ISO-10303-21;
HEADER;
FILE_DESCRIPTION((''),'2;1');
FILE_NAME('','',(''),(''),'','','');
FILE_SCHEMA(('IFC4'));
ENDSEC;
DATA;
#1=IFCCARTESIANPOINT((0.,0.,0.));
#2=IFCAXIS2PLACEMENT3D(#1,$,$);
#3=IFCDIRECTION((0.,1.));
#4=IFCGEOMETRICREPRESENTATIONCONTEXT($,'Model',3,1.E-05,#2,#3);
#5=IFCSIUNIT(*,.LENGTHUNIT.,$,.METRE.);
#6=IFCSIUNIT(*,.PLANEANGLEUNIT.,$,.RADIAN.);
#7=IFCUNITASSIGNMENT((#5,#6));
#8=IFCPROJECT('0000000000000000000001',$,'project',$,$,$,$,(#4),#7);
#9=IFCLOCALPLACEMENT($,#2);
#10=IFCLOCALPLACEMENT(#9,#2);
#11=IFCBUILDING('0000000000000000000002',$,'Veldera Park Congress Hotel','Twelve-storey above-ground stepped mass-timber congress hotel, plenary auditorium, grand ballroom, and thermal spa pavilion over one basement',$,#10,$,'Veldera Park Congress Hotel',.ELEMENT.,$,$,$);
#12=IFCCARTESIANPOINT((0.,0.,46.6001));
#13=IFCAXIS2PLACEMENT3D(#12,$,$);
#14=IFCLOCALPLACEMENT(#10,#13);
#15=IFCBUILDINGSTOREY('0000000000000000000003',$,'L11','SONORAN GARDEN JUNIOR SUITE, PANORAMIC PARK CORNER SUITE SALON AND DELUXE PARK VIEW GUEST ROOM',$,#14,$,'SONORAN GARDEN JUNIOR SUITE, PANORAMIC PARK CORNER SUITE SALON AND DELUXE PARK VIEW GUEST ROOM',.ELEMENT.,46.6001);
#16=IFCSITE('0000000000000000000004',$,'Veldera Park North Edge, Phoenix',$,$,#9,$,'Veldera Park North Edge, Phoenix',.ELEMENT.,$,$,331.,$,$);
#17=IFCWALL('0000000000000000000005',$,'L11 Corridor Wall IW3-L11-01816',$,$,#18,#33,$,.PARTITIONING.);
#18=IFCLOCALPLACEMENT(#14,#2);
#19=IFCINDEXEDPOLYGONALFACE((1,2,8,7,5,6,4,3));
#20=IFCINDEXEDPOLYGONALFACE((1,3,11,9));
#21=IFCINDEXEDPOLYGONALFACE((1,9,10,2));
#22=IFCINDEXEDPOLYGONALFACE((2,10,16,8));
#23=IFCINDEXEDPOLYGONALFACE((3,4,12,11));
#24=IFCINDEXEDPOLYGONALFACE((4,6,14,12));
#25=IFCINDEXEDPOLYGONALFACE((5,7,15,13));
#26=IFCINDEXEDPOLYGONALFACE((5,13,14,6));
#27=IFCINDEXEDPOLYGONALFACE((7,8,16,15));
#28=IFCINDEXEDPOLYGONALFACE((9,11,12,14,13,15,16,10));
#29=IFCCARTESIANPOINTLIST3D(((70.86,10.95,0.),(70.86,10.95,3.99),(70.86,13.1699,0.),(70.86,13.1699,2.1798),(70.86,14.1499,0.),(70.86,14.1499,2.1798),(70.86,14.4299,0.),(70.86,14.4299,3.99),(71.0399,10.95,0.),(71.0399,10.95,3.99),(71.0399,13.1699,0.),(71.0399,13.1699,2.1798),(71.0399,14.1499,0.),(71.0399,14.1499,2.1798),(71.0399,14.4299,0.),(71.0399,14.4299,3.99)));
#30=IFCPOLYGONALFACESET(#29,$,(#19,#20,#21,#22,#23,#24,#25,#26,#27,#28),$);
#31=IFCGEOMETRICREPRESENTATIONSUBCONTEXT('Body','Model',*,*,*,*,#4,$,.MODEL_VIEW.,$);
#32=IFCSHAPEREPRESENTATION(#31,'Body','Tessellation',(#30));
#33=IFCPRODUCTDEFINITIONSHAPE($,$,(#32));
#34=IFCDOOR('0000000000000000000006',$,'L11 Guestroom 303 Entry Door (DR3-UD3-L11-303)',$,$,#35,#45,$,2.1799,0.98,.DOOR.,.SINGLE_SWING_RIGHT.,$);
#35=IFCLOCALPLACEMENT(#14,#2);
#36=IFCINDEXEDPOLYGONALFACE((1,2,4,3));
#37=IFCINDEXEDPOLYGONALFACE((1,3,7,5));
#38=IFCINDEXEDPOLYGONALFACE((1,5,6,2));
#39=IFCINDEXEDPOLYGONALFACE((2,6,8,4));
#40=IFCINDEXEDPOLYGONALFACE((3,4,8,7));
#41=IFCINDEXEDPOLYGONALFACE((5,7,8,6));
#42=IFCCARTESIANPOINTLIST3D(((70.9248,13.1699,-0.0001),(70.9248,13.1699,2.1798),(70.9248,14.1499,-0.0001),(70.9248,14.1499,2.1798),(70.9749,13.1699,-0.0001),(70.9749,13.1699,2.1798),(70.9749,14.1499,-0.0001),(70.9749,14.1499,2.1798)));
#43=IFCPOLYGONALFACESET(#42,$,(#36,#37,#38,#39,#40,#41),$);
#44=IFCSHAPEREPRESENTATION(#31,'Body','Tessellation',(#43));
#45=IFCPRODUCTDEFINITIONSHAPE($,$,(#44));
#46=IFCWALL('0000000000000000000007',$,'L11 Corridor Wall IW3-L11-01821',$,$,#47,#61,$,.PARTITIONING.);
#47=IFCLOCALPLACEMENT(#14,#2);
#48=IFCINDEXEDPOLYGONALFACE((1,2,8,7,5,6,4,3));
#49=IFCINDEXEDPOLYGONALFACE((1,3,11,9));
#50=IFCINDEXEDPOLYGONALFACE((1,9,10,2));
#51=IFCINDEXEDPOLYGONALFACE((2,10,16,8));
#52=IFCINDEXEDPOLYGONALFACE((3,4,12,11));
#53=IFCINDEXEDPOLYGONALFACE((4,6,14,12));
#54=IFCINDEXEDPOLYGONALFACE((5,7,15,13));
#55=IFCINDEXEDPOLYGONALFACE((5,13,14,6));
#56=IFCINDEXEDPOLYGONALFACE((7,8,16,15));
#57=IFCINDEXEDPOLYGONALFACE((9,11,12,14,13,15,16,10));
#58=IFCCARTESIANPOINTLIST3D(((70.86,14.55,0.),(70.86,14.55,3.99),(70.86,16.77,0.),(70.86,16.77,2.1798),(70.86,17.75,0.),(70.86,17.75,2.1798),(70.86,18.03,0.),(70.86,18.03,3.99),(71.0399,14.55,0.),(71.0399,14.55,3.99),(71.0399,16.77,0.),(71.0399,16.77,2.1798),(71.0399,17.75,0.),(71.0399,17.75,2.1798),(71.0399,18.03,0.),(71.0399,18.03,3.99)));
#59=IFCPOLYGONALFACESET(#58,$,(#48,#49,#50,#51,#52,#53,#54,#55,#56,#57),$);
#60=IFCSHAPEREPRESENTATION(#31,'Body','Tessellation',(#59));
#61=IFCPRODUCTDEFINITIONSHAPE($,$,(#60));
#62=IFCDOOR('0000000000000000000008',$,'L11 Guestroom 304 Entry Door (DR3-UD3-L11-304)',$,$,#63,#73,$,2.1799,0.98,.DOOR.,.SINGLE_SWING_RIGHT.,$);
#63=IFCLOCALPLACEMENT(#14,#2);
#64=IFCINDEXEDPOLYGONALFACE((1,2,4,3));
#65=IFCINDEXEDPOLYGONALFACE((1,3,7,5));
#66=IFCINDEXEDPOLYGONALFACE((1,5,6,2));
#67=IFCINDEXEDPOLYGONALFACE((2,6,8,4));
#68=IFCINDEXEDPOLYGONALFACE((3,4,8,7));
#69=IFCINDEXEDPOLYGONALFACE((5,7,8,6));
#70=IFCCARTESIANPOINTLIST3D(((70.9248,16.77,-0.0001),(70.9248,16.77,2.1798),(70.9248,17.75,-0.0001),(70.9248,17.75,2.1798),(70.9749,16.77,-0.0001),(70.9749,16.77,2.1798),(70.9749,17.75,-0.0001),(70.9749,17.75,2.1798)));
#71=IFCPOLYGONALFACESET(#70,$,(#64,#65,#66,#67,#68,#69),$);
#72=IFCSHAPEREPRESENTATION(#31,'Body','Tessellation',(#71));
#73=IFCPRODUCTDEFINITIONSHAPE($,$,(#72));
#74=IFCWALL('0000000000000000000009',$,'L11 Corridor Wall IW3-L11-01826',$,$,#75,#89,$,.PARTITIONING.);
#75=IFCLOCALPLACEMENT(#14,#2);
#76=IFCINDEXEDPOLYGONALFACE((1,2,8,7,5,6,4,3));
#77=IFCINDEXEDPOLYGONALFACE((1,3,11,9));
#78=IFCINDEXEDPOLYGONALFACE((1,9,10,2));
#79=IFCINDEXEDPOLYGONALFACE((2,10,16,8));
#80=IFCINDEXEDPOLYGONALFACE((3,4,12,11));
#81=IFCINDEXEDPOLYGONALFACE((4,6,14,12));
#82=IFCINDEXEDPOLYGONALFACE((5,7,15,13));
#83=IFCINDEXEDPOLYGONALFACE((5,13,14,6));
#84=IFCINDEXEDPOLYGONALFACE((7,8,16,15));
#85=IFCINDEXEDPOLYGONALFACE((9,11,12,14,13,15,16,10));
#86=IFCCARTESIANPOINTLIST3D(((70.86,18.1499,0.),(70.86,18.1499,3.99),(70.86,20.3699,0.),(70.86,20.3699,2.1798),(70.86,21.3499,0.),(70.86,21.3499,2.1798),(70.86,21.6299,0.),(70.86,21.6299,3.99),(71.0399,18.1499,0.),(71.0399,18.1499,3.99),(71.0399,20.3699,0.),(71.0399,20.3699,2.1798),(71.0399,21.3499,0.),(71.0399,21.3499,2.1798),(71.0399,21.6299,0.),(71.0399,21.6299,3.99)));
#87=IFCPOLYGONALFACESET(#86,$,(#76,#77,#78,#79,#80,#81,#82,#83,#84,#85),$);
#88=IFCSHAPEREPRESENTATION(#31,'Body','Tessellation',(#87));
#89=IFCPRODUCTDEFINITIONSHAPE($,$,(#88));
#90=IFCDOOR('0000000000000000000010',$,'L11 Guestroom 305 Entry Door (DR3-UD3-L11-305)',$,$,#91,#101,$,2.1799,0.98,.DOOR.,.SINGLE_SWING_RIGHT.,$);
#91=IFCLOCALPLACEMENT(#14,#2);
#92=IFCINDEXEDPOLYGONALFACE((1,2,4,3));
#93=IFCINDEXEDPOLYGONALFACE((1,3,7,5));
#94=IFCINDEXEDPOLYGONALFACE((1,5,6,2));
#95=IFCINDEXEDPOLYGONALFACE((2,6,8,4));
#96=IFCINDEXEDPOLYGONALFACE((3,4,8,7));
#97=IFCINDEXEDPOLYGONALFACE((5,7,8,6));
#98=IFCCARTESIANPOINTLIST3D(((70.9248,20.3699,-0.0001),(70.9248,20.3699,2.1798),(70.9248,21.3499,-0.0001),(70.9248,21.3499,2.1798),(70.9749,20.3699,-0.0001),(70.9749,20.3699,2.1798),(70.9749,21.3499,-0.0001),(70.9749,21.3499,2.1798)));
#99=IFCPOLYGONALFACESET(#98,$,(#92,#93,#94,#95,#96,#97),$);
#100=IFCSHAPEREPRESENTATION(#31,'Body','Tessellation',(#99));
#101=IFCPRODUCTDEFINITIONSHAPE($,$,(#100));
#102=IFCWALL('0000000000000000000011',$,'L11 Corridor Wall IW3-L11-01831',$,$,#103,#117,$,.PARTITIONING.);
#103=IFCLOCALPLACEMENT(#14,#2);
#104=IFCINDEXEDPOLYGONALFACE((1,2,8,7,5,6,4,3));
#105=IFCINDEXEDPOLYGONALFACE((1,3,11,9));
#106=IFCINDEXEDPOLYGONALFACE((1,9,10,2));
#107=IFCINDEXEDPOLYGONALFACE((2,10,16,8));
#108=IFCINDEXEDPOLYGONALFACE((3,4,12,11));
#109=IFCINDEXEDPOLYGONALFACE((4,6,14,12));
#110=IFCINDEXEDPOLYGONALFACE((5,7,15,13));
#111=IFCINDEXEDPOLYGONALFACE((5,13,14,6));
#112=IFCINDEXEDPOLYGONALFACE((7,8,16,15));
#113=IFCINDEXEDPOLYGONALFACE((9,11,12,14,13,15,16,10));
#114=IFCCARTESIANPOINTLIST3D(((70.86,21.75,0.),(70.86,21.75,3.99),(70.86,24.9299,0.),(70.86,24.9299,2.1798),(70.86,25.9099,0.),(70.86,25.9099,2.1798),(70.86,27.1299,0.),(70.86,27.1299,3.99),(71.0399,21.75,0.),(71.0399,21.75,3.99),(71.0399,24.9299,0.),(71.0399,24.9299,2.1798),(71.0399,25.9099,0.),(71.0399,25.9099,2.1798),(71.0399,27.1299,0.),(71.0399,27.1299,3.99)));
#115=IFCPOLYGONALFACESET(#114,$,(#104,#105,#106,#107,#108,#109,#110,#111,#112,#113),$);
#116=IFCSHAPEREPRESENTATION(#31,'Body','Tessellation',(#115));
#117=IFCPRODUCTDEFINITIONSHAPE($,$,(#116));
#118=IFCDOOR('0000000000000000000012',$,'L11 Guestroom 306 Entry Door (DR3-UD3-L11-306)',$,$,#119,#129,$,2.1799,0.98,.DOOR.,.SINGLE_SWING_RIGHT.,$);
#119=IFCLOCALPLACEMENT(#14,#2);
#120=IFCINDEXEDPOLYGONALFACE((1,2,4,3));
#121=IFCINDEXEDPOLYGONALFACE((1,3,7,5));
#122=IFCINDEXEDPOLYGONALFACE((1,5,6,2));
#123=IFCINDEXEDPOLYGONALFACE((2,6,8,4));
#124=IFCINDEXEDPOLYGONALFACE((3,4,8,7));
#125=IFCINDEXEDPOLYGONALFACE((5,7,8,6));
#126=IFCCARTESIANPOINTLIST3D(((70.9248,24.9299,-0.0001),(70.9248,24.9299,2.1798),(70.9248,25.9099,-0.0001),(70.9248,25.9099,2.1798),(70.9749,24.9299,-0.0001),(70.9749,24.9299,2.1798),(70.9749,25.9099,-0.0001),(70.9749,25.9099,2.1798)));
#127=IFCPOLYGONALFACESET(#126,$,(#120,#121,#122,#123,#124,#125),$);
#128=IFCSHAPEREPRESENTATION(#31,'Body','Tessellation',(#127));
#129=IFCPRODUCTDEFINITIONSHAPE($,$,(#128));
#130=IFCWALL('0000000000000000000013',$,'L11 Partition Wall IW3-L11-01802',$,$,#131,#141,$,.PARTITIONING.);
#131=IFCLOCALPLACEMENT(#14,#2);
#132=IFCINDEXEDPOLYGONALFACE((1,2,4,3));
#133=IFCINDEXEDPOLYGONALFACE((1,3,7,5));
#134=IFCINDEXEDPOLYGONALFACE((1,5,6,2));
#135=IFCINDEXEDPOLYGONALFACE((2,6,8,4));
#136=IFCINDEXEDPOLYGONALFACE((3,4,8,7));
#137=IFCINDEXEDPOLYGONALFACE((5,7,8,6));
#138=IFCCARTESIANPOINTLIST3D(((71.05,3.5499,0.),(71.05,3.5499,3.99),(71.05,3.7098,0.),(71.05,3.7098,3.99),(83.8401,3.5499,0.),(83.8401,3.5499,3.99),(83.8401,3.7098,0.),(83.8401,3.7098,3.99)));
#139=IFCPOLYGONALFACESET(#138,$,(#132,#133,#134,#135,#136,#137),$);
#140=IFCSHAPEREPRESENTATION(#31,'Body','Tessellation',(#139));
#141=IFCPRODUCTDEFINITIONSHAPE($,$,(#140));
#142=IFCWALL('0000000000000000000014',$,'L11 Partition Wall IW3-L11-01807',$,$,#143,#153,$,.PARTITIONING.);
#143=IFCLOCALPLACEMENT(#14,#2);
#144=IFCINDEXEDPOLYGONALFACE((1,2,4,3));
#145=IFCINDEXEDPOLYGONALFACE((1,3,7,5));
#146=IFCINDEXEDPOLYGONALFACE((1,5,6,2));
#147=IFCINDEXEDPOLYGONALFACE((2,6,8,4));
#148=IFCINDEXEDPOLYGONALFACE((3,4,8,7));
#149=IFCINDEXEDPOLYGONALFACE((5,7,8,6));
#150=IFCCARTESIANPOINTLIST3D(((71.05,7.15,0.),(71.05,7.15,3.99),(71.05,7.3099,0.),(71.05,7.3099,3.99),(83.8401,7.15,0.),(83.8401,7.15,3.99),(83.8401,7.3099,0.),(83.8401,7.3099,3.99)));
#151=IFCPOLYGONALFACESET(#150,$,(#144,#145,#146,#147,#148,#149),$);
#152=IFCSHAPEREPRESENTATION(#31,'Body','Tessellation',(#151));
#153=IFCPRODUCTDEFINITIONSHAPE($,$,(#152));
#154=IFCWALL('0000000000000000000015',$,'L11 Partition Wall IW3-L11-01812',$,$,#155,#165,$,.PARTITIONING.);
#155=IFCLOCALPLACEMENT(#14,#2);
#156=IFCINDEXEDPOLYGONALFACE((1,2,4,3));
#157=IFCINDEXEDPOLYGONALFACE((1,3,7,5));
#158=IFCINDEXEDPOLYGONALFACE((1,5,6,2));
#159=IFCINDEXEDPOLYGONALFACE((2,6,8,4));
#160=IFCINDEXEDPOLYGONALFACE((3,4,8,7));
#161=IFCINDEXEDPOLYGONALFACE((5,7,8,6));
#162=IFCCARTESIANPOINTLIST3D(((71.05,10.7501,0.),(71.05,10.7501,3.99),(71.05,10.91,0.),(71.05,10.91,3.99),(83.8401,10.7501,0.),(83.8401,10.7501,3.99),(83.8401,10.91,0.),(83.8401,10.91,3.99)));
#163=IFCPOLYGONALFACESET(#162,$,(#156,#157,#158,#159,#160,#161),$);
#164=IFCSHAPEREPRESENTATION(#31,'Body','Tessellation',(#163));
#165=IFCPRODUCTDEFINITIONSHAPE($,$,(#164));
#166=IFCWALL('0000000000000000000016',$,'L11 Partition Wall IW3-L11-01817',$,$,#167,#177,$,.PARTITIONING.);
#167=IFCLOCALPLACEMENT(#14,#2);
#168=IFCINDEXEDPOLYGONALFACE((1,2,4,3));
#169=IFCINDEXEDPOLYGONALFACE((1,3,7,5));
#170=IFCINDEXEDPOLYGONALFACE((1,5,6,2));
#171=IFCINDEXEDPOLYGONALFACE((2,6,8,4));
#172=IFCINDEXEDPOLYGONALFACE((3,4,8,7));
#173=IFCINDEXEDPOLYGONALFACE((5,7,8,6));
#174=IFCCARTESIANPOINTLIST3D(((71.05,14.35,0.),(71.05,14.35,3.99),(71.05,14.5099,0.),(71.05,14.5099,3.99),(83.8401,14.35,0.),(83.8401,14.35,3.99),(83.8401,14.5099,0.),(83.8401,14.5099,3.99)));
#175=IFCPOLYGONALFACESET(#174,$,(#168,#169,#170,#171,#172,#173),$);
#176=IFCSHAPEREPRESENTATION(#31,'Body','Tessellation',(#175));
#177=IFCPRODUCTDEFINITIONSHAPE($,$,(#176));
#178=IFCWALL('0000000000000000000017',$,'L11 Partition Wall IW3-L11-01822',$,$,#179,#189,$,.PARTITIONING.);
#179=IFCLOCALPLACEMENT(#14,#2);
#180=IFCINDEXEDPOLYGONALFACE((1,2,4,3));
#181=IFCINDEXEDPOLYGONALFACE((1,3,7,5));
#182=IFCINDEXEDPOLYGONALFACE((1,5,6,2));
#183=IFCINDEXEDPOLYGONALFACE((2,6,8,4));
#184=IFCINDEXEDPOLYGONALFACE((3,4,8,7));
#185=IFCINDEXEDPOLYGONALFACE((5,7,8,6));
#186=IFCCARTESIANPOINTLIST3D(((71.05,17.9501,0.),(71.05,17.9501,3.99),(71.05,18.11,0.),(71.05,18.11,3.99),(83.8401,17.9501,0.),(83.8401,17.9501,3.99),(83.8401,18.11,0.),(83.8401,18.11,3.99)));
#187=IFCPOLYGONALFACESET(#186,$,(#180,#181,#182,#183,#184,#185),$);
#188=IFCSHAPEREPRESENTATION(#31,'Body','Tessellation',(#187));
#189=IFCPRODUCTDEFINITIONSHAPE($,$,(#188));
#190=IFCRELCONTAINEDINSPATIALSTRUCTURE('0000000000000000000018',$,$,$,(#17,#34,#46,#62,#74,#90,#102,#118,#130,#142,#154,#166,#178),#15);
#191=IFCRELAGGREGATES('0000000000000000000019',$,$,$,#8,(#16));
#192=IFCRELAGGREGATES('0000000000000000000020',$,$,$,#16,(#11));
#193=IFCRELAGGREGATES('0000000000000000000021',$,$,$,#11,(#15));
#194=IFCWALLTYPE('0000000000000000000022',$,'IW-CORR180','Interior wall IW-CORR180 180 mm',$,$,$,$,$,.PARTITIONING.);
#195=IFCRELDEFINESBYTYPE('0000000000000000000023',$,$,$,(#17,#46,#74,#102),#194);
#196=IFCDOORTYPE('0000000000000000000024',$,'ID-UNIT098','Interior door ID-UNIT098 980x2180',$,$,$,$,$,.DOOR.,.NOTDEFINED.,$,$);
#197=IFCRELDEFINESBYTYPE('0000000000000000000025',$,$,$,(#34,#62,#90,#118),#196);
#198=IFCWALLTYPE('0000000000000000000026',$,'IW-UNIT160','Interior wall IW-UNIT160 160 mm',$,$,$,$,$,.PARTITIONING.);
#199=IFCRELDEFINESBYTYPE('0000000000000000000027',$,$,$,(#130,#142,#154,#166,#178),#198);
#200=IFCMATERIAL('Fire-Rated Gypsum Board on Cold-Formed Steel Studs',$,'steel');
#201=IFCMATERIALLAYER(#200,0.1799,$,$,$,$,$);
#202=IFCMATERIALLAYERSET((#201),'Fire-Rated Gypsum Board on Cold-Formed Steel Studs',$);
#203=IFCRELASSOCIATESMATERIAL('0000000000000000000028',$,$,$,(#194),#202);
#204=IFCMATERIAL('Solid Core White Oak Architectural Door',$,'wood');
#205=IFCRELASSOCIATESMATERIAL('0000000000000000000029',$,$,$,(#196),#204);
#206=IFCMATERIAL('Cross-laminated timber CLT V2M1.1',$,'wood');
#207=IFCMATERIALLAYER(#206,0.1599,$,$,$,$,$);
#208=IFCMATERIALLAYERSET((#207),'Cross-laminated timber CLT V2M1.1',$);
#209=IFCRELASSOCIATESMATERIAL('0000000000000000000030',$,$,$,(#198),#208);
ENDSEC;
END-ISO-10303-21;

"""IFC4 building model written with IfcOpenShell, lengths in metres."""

from ifc_helpers import new_model, si_unit, direction, frame, frame_2d, origin, place, context, subcontext, project, spatial, rectangle, extrude, material, layer, layer_set, type_object, element, fill, save


model = new_model("IFC4")

# Units and contexts
model_context = context("Model", 3, precision=1e-05, world=origin(), true_north=direction((0.0, 1.0)))
body_context = subcontext(model_context, "Body", "Model", "MODEL_VIEW")
ifc_project = project(units=[si_unit("LENGTHUNIT", "METRE"), si_unit("PLANEANGLEUNIT", "RADIAN")], contexts=[model_context])

# Site, building, storey
site_placement = place(None, origin())
site = spatial("IfcSite", under=ifc_project, at=site_placement, Name="Veldera Park North Edge, Phoenix", LongName="Veldera Park North Edge, Phoenix", CompositionType="ELEMENT", RefElevation=331.0)
building_placement = place(site_placement, origin())
building = spatial("IfcBuilding", under=site, at=building_placement, Name="Veldera Park Congress Hotel", Description="Twelve-storey above-ground stepped mass-timber congress hotel, plenary auditorium, grand ballroom, and thermal spa pavilion over one basement", LongName="Veldera Park Congress Hotel", CompositionType="ELEMENT")
storey_placement = place(building_placement, frame((0.0, 0.0, 46.6001)))
storey = spatial("IfcBuildingStorey", under=building, at=storey_placement, Name="L11", Description="SONORAN GARDEN JUNIOR SUITE, PANORAMIC PARK CORNER SUITE SALON AND DELUXE PARK VIEW GUEST ROOM", LongName="SONORAN GARDEN JUNIOR SUITE, PANORAMIC PARK CORNER SUITE SALON AND DELUXE PARK VIEW GUEST ROOM", CompositionType="ELEMENT", Elevation=46.6001)

# Shared definitions
ifc_material_1 = material(Name="Cross-laminated timber CLT V2M1.1", Category="wood")

# Walls, openings, doors
ifc_material_2 = material(Name="Fire-Rated Gypsum Board on Cold-Formed Steel Studs", Category="steel")
ifc_layer_1 = layer(ifc_material_2, 0.1799)
ifc_layer_set_1 = layer_set([ifc_layer_1], Name="Fire-Rated Gypsum Board on Cold-Formed Steel Studs")
wall_type_1 = type_object("IfcWallType", Name="IW-CORR180", Description="Interior wall IW-CORR180 180 mm", PredefinedType="PARTITIONING", material=ifc_layer_set_1)
ifc_material_3 = material(Name="Solid Core White Oak Architectural Door", Category="wood")
door_type = type_object("IfcDoorType", Name="ID-UNIT098", Description="Interior door ID-UNIT098 980x2180", OperationType="NOTDEFINED", PredefinedType="DOOR", material=ifc_material_3)
wall_1_placement = place(storey_placement, frame((70.95, 14.4299, 0.0), z_axis=(0.0, 0.0, 1.0), x_axis=(0.0, -1.0, 0.0)))
wall_1 = element("IfcWall", 1, at=wall_1_placement, inside=storey, type_object=wall_type_1, Name="L11 Corridor Wall IW3-L11-01816", PredefinedType="PARTITIONING", context=body_context, shape_type="SweptSolid", body=[
    extrude(rectangle(XDim=3.48, YDim=0.1799, at=frame_2d((1.74, 0.0))), origin(), (0.0, 0.0, 1.0), 3.99),
])
opening_1_placement = place(wall_1_placement, frame((0.28, 0.0, 0.0)))
opening_1 = element("IfcOpeningElement", 2, at=opening_1_placement, cuts=wall_1, PredefinedType="OPENING", context=body_context, shape_type="SweptSolid", body=[
    extrude(rectangle(XDim=0.98, YDim=2.1799, at=frame_2d((0.49, 1.0898))), frame((0.0, 0.1021, 0.0), z_axis=(0.0, -1.0, 0.0), x_axis=(1.0, 0.0, 0.0)), (0.0, 0.0, 1.0), 0.2039),
])
door_1_placement = place(opening_1_placement, origin())
door_1 = element("IfcDoor", 3, at=door_1_placement, inside=storey, type_object=door_type, Name="L11 Guestroom 303 Entry Door (DR3-UD3-L11-303)", OperationType="SINGLE_SWING_RIGHT", OverallHeight=2.1799, OverallWidth=0.98, PredefinedType="DOOR", context=body_context, shape_type="SweptSolid", body=[
    extrude(rectangle(XDim=0.98, YDim=2.1799, at=frame_2d((0.49, 1.0898))), frame((0.0, 0.0249, 0.0), z_axis=(0.0, -1.0, 0.0), x_axis=(1.0, 0.0, 0.0)), (0.0, 0.0, 1.0), 0.05),
])
fill(opening_1, door_1)
wall_2_placement = place(storey_placement, frame((70.95, 18.03, 0.0), z_axis=(0.0, 0.0, 1.0), x_axis=(0.0, -1.0, 0.0)))
wall_2 = element("IfcWall", 4, at=wall_2_placement, inside=storey, type_object=wall_type_1, Name="L11 Corridor Wall IW3-L11-01821", PredefinedType="PARTITIONING", context=body_context, shape_type="SweptSolid", body=[
    extrude(rectangle(XDim=3.48, YDim=0.1799, at=frame_2d((1.74, 0.0))), origin(), (0.0, 0.0, 1.0), 3.99),
])
opening_2_placement = place(wall_2_placement, frame((0.28, 0.0, 0.0)))
opening_2 = element("IfcOpeningElement", 5, at=opening_2_placement, cuts=wall_2, PredefinedType="OPENING", context=body_context, shape_type="SweptSolid", body=[
    extrude(rectangle(XDim=0.98, YDim=2.1799, at=frame_2d((0.49, 1.0898))), frame((0.0, 0.1021, 0.0), z_axis=(0.0, -1.0, 0.0), x_axis=(1.0, 0.0, 0.0)), (0.0, 0.0, 1.0), 0.2039),
])
door_2_placement = place(opening_2_placement, origin())
door_2 = element("IfcDoor", 6, at=door_2_placement, inside=storey, type_object=door_type, Name="L11 Guestroom 304 Entry Door (DR3-UD3-L11-304)", OperationType="SINGLE_SWING_RIGHT", OverallHeight=2.1799, OverallWidth=0.98, PredefinedType="DOOR", context=body_context, shape_type="SweptSolid", body=[
    extrude(rectangle(XDim=0.98, YDim=2.1799, at=frame_2d((0.49, 1.0898))), frame((0.0, 0.0249, 0.0), z_axis=(0.0, -1.0, 0.0), x_axis=(1.0, 0.0, 0.0)), (0.0, 0.0, 1.0), 0.05),
])
fill(opening_2, door_2)
wall_3_placement = place(storey_placement, frame((70.95, 21.6299, 0.0), z_axis=(0.0, 0.0, 1.0), x_axis=(0.0, -1.0, 0.0)))
wall_3 = element("IfcWall", 7, at=wall_3_placement, inside=storey, type_object=wall_type_1, Name="L11 Corridor Wall IW3-L11-01826", PredefinedType="PARTITIONING", context=body_context, shape_type="SweptSolid", body=[
    extrude(rectangle(XDim=3.48, YDim=0.1799, at=frame_2d((1.74, 0.0))), origin(), (0.0, 0.0, 1.0), 3.99),
])
opening_3_placement = place(wall_3_placement, frame((0.28, 0.0, 0.0)))
opening_3 = element("IfcOpeningElement", 8, at=opening_3_placement, cuts=wall_3, PredefinedType="OPENING", context=body_context, shape_type="SweptSolid", body=[
    extrude(rectangle(XDim=0.98, YDim=2.1799, at=frame_2d((0.49, 1.0898))), frame((0.0, 0.1021, 0.0), z_axis=(0.0, -1.0, 0.0), x_axis=(1.0, 0.0, 0.0)), (0.0, 0.0, 1.0), 0.2039),
])
door_3_placement = place(opening_3_placement, origin())
door_3 = element("IfcDoor", 9, at=door_3_placement, inside=storey, type_object=door_type, Name="L11 Guestroom 305 Entry Door (DR3-UD3-L11-305)", OperationType="SINGLE_SWING_RIGHT", OverallHeight=2.1799, OverallWidth=0.98, PredefinedType="DOOR", context=body_context, shape_type="SweptSolid", body=[
    extrude(rectangle(XDim=0.98, YDim=2.1799, at=frame_2d((0.49, 1.0898))), frame((0.0, 0.0249, 0.0), z_axis=(0.0, -1.0, 0.0), x_axis=(1.0, 0.0, 0.0)), (0.0, 0.0, 1.0), 0.05),
])
fill(opening_3, door_3)
wall_4_placement = place(storey_placement, frame((70.95, 27.1299, 0.0), z_axis=(0.0, 0.0, 1.0), x_axis=(0.0, -1.0, 0.0)))
wall_4 = element("IfcWall", 10, at=wall_4_placement, inside=storey, type_object=wall_type_1, Name="L11 Corridor Wall IW3-L11-01831", PredefinedType="PARTITIONING", context=body_context, shape_type="SweptSolid", body=[
    extrude(rectangle(XDim=5.3799, YDim=0.1799, at=frame_2d((2.6899, 0.0))), origin(), (0.0, 0.0, 1.0), 3.99),
])
opening_4_placement = place(wall_4_placement, frame((1.22, 0.0, 0.0)))
opening_4 = element("IfcOpeningElement", 11, at=opening_4_placement, cuts=wall_4, PredefinedType="OPENING", context=body_context, shape_type="SweptSolid", body=[
    extrude(rectangle(XDim=0.98, YDim=2.1799, at=frame_2d((0.49, 1.0898))), frame((0.0, 0.1021, 0.0), z_axis=(0.0, -1.0, 0.0), x_axis=(1.0, 0.0, 0.0)), (0.0, 0.0, 1.0), 0.2039),
])
door_4_placement = place(opening_4_placement, origin())
door_4 = element("IfcDoor", 12, at=door_4_placement, inside=storey, type_object=door_type, Name="L11 Guestroom 306 Entry Door (DR3-UD3-L11-306)", OperationType="SINGLE_SWING_RIGHT", OverallHeight=2.1799, OverallWidth=0.98, PredefinedType="DOOR", context=body_context, shape_type="SweptSolid", body=[
    extrude(rectangle(XDim=0.98, YDim=2.1799, at=frame_2d((0.49, 1.0898))), frame((0.0, 0.0249, 0.0), z_axis=(0.0, -1.0, 0.0), x_axis=(1.0, 0.0, 0.0)), (0.0, 0.0, 1.0), 0.05),
])
fill(opening_4, door_4)

# Walls
ifc_layer_2 = layer(ifc_material_1, 0.1599)
ifc_layer_set_2 = layer_set([ifc_layer_2], Name="Cross-laminated timber CLT V2M1.1")
wall_type_2 = type_object("IfcWallType", Name="IW-UNIT160", Description="Interior wall IW-UNIT160 160 mm", PredefinedType="PARTITIONING", material=ifc_layer_set_2)
for number, where, z_axis, x_axis, name in (
    (13, (71.05, 3.6299, 0.0), (0.0, 0.0, 1.0), (1.0, 0.0, 0.0), "L11 Partition Wall IW3-L11-01802"),
    (14, (71.05, 7.23, 0.0), (0.0, 0.0, 1.0), (1.0, 0.0, 0.0), "L11 Partition Wall IW3-L11-01807"),
    (15, (71.05, 10.8301, 0.0), (0.0, 0.0, 1.0), (1.0, 0.0, 0.0), "L11 Partition Wall IW3-L11-01812"),
    (16, (71.05, 14.4299, 0.0), (0.0, 0.0, 1.0), (1.0, 0.0, 0.0), "L11 Partition Wall IW3-L11-01817"),
    (17, (71.05, 18.03, 0.0), (0.0, 0.0, 1.0), (1.0, 0.0, 0.0), "L11 Partition Wall IW3-L11-01822"),
):
    element("IfcWall", number, at=place(storey_placement, frame(where, z_axis=z_axis, x_axis=x_axis)), inside=storey, type_object=wall_type_2, Name=name, PredefinedType="PARTITIONING", context=body_context, shape_type="SweptSolid", body=[
        extrude(rectangle(XDim=12.79, YDim=0.1599, at=frame_2d((6.395, 0.0))), origin(), (0.0, 0.0, 1.0), 3.99),
    ])

save(model, "model.ifc")
